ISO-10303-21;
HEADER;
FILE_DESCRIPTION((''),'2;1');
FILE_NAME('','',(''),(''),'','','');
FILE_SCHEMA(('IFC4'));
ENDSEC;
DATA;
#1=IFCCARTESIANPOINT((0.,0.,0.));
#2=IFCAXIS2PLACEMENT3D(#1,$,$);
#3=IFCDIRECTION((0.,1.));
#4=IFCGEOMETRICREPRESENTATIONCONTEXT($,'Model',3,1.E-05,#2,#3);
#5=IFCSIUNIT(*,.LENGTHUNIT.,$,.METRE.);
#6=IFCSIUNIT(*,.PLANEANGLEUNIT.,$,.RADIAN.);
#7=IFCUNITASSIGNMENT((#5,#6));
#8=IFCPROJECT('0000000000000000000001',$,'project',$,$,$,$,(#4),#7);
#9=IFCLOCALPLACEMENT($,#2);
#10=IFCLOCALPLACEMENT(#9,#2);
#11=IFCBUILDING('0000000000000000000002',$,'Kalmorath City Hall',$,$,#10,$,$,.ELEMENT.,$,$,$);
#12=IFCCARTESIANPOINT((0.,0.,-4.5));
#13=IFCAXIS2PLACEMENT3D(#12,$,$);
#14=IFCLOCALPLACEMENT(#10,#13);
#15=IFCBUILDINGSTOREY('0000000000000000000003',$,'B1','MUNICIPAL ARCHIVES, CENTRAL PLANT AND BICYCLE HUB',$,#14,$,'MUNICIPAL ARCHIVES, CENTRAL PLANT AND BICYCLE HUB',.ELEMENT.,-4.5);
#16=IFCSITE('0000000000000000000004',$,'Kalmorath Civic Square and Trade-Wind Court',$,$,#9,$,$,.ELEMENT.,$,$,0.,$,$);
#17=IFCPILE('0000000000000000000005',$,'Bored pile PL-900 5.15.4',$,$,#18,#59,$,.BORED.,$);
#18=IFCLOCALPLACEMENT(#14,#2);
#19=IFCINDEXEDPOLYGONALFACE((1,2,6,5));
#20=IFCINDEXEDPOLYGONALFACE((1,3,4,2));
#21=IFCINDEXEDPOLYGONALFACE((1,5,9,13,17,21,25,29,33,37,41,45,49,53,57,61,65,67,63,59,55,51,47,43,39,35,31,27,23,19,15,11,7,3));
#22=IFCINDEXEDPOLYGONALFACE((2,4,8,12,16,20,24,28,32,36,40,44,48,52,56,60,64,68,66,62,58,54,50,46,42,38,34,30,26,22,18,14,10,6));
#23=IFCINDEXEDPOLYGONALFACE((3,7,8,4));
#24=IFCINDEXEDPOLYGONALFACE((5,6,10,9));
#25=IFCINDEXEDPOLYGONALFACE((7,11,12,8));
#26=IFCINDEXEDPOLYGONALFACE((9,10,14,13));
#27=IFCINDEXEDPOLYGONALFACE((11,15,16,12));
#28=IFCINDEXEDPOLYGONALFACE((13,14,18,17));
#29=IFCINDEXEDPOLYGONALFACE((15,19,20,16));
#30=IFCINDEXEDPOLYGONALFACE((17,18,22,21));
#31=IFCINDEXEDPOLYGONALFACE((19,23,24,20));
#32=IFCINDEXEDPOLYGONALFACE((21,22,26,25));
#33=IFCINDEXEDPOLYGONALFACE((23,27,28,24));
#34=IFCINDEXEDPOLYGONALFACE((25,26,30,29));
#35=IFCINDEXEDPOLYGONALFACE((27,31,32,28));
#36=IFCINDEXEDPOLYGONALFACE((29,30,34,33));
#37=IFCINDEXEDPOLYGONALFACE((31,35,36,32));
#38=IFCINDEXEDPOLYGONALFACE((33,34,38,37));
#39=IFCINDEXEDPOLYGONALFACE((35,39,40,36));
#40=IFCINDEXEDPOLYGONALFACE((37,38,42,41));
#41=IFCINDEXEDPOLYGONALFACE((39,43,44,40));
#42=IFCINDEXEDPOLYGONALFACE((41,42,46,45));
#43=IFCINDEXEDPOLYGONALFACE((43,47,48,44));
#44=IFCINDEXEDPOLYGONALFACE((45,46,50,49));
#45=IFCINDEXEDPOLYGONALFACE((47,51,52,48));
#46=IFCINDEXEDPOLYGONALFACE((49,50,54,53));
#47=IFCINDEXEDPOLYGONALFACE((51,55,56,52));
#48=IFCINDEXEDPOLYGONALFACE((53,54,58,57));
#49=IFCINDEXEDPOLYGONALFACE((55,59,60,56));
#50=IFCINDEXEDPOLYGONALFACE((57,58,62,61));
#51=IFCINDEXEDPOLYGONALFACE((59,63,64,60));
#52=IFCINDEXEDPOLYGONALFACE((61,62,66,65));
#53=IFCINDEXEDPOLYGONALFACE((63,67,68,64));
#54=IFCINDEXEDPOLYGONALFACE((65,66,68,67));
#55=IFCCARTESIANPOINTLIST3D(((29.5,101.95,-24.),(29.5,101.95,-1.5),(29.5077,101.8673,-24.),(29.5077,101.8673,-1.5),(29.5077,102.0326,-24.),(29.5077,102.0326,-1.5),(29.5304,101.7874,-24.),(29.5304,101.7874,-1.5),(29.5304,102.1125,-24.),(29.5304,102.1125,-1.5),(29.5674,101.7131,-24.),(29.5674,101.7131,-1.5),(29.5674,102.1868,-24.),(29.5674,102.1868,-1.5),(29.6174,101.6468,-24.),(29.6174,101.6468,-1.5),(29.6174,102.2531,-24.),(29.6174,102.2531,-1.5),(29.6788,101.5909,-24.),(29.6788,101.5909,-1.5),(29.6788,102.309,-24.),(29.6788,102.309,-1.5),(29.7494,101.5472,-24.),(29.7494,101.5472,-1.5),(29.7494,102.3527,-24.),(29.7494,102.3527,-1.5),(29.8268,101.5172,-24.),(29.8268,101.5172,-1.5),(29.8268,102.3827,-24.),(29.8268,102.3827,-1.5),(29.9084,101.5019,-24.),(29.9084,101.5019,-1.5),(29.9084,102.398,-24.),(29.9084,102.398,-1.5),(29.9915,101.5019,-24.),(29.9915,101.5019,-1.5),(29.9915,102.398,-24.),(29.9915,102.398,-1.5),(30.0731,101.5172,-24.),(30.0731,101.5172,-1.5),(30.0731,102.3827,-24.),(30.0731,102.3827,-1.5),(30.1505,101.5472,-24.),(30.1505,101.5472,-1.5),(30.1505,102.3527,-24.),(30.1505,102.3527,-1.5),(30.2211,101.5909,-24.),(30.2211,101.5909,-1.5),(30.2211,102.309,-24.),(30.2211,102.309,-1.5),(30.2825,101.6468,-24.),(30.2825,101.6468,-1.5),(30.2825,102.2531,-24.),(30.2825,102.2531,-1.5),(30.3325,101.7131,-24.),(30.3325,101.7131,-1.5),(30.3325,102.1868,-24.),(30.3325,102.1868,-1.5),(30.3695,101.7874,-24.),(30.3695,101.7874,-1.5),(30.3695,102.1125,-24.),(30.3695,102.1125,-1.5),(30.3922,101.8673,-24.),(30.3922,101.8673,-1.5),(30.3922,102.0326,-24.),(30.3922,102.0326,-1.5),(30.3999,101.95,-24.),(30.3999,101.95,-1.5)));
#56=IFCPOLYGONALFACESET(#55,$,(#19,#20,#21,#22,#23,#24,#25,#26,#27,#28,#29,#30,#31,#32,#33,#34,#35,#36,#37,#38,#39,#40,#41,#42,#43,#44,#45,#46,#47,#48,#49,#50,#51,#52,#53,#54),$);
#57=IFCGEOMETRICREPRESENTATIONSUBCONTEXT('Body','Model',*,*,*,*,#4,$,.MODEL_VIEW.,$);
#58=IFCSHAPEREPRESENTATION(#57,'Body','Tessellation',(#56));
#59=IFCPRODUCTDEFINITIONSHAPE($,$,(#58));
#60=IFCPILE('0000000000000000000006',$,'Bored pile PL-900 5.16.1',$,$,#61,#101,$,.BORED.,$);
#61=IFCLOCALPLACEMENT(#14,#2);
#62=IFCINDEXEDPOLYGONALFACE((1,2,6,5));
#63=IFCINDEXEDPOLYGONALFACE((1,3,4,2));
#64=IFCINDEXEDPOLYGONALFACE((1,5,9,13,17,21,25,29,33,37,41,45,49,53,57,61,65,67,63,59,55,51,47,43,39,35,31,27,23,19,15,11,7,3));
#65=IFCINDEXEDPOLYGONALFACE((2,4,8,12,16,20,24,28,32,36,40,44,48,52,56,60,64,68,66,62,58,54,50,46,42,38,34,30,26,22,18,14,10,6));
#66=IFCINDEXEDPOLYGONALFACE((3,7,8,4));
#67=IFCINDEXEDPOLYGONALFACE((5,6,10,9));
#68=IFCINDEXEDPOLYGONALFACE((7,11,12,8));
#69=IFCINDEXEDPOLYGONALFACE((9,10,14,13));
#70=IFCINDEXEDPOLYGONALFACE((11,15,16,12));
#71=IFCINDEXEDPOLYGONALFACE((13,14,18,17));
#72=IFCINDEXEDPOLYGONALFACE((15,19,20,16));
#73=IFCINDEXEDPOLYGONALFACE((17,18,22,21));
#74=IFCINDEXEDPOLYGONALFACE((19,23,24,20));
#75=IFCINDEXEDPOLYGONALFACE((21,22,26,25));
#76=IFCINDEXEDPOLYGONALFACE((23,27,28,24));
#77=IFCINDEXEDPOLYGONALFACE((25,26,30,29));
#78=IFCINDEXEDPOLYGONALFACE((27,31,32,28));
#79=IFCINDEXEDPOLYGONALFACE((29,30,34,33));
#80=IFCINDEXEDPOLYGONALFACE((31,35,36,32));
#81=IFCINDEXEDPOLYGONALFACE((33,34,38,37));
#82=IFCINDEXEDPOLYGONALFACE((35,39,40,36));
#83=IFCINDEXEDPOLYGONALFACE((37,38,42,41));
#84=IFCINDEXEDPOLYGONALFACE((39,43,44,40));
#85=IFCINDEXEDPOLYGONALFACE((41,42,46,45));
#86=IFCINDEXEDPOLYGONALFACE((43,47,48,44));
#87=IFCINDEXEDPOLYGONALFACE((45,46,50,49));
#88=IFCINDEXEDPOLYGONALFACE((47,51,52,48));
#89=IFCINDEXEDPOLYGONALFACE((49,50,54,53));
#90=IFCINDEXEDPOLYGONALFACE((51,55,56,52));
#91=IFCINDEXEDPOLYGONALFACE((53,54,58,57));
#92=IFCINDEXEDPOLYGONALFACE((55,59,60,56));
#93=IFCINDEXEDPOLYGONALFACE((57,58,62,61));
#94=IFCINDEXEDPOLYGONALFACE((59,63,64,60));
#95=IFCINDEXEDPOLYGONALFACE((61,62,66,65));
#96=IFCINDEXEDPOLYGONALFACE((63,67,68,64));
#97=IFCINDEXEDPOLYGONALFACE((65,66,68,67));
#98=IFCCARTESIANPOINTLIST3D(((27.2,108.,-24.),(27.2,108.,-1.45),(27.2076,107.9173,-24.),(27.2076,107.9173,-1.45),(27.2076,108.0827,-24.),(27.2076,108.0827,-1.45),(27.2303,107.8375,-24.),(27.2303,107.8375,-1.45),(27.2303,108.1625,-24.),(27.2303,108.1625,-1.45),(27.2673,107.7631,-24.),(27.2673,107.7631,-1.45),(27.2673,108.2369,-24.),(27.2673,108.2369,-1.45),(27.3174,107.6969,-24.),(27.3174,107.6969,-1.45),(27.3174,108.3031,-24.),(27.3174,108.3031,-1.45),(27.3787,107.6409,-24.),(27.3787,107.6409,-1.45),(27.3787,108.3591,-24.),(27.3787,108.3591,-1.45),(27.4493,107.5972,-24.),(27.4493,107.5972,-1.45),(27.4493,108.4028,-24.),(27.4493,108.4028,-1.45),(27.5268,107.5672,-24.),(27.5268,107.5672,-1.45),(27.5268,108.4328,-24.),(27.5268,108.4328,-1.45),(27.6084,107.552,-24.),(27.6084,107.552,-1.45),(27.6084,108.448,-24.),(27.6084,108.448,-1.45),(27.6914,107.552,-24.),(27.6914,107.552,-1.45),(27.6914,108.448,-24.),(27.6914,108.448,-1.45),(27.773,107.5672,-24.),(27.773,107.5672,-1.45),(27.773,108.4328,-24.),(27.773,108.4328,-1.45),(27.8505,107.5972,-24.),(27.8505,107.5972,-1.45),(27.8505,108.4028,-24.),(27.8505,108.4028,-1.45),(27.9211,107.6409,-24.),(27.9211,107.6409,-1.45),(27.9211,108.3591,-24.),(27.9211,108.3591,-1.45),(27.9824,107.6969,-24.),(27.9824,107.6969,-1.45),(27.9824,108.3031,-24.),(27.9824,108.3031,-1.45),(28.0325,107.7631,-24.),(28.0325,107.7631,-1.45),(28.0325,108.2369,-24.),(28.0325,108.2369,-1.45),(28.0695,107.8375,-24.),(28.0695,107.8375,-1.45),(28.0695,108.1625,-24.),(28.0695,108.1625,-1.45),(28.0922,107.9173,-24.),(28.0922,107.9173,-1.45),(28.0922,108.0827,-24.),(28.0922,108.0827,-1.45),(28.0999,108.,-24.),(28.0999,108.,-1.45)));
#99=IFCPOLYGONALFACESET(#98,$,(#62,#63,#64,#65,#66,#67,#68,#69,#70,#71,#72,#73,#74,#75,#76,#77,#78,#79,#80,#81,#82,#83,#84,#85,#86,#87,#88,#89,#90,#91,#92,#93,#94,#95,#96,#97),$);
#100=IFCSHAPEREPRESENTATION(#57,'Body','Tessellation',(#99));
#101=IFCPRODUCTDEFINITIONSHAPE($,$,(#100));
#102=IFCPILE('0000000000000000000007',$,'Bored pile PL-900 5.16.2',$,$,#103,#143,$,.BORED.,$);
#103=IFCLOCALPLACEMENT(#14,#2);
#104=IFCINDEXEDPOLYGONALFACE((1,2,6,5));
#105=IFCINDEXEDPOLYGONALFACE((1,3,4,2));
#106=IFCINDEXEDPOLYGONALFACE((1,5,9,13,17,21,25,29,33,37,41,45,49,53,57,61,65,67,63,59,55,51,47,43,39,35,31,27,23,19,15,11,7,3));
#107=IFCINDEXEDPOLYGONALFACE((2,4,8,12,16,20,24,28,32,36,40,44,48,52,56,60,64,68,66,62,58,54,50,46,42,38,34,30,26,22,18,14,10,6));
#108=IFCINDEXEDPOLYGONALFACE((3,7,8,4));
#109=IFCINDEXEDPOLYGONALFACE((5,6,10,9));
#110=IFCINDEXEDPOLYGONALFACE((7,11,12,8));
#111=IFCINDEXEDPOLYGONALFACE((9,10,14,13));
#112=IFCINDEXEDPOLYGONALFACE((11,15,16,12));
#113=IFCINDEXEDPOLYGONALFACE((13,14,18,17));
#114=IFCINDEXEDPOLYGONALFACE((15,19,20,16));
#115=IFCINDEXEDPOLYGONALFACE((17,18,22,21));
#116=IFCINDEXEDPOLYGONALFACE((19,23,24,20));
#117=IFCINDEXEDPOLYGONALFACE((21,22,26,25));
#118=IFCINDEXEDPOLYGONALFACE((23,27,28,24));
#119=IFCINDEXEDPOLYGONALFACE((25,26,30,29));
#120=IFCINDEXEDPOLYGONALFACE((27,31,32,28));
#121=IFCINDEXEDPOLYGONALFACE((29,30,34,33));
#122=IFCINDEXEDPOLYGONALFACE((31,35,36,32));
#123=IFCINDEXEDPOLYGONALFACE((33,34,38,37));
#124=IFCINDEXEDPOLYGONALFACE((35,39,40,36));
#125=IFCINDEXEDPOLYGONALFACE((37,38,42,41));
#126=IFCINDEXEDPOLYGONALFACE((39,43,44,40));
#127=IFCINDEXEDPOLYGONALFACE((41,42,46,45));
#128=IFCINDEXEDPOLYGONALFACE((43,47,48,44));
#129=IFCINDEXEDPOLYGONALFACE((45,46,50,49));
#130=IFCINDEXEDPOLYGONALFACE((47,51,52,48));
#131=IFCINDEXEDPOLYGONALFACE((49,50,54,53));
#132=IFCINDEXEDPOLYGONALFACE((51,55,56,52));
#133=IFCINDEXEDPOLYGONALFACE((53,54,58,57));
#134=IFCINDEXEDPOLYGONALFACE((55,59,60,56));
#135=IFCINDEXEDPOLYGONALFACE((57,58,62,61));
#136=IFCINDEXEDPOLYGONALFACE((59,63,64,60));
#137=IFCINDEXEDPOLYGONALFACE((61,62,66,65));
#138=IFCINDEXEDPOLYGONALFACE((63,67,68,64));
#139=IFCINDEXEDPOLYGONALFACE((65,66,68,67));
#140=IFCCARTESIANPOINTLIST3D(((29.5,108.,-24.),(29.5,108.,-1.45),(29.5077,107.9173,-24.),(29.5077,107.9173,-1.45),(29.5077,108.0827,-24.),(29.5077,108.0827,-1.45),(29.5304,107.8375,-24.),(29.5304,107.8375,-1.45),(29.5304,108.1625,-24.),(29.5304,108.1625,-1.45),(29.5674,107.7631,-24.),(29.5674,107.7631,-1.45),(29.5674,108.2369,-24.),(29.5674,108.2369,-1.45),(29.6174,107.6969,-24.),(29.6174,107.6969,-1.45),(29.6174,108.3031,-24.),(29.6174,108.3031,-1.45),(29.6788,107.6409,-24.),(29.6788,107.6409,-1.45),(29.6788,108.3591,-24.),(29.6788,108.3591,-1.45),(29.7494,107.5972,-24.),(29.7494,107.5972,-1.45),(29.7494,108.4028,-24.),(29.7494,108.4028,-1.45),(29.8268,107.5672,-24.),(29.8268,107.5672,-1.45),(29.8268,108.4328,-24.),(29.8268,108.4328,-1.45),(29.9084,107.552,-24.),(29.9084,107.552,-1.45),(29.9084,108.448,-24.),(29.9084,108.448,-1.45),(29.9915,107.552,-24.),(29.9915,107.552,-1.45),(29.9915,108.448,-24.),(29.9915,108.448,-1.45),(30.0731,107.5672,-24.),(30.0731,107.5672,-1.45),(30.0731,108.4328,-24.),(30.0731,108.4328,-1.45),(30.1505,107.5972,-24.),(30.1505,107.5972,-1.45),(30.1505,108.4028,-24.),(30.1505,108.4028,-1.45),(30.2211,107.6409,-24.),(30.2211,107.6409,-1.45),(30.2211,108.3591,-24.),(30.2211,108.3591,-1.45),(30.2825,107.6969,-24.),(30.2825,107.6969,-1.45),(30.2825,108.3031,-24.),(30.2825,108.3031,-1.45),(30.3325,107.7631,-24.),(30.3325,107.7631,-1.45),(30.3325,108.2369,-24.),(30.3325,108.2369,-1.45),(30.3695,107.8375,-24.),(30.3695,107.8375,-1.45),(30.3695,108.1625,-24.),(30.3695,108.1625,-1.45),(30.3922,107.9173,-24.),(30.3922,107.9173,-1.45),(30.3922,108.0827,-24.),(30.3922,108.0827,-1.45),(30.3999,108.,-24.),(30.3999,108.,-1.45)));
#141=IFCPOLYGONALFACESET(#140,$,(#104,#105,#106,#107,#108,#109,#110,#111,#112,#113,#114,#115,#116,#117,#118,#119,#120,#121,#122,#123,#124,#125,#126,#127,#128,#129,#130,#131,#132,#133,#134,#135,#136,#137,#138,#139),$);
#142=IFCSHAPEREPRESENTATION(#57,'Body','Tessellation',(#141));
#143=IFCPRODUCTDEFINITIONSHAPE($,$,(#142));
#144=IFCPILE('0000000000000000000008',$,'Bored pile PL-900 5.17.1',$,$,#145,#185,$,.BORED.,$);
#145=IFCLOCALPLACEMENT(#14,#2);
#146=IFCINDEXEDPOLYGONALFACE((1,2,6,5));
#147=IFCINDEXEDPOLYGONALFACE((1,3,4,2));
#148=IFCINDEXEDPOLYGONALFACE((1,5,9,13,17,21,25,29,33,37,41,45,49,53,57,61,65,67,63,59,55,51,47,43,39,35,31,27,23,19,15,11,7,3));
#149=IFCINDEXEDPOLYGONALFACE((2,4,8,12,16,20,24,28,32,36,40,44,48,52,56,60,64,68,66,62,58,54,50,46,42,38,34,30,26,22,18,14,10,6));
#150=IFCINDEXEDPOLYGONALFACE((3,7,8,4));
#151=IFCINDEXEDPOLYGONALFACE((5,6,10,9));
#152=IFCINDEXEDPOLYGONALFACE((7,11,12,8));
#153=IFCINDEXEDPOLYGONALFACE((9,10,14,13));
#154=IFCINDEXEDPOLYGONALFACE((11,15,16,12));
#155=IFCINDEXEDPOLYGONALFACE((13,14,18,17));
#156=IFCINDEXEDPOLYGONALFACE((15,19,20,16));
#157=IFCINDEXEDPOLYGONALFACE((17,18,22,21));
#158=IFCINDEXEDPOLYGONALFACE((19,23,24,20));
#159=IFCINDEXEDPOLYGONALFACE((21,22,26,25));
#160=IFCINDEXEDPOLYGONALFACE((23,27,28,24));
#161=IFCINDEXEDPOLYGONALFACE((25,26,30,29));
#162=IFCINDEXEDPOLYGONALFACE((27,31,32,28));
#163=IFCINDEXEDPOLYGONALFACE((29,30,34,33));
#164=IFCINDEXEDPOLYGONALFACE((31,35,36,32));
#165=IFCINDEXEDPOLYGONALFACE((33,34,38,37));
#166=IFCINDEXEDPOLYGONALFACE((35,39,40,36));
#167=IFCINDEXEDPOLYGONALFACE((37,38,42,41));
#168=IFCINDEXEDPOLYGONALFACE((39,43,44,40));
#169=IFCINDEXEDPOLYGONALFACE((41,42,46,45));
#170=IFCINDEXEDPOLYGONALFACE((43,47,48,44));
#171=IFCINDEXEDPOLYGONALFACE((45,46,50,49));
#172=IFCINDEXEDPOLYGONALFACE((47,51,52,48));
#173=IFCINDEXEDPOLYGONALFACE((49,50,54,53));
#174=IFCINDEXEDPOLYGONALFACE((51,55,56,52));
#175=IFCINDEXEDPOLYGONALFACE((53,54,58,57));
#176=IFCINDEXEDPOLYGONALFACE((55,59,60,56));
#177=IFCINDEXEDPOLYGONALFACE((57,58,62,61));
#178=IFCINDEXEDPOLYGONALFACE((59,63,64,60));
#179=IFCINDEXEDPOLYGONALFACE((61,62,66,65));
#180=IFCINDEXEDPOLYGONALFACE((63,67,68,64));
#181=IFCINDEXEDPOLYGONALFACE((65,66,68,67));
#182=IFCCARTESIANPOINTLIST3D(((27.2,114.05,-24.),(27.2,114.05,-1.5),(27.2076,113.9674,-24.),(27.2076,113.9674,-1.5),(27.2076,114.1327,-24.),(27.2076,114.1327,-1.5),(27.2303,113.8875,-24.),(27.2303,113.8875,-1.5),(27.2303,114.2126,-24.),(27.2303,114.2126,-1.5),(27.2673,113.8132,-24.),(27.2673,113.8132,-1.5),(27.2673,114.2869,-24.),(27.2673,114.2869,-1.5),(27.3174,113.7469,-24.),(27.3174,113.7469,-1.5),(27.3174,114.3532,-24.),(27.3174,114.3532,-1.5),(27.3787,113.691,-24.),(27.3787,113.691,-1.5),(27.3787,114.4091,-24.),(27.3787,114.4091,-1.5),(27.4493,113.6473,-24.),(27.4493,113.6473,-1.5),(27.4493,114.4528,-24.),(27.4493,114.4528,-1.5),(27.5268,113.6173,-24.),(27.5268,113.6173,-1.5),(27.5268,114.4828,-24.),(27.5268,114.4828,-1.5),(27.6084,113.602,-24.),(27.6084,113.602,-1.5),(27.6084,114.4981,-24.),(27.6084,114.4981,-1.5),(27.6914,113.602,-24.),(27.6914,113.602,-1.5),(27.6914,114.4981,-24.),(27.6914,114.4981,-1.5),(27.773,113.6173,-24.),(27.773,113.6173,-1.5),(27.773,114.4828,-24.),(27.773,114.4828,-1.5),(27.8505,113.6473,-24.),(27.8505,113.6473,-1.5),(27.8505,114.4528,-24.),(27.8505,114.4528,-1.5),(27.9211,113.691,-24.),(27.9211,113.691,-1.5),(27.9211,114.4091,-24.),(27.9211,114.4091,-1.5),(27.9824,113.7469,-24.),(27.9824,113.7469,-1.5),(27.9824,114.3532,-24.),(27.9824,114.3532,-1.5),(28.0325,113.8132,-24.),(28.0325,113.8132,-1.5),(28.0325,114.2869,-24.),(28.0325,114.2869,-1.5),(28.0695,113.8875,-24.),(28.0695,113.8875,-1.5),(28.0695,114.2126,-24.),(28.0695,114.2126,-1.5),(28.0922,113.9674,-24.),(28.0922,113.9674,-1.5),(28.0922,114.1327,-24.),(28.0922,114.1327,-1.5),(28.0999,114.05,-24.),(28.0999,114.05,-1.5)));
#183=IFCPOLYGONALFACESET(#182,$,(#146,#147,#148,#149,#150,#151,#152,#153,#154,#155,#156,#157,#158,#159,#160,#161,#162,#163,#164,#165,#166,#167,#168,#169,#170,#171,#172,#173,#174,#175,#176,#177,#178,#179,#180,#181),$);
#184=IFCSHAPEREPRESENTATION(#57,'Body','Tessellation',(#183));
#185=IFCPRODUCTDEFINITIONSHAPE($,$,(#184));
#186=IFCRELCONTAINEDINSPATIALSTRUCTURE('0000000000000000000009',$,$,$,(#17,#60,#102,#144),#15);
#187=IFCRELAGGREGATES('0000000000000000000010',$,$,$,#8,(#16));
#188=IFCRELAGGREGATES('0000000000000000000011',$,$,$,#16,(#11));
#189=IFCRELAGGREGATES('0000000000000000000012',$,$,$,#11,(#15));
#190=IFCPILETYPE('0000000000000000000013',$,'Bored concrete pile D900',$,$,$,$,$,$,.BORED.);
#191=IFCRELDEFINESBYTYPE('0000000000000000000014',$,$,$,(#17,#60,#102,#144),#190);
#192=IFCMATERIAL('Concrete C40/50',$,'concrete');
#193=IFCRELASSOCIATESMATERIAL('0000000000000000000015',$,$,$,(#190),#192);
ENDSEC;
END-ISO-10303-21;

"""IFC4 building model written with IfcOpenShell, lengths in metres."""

from ifc_helpers import new_model, si_unit, direction, frame, origin, origin_2d, place, context, subcontext, project, spatial, circle, extrude, material, material_profile, profile_set, type_object, element, save


model = new_model("IFC4")

# Units and contexts
model_context = context("Model", 3, precision=1e-05, world=origin(), true_north=direction((0.0, 1.0)))
body_context = subcontext(model_context, "Body", "Model", "MODEL_VIEW")
ifc_project = project(units=[si_unit("LENGTHUNIT", "METRE"), si_unit("PLANEANGLEUNIT", "RADIAN")], contexts=[model_context])

# Site, building, storey
site_placement = place(None, origin())
site = spatial("IfcSite", under=ifc_project, at=site_placement, Name="Kalmorath Civic Square and Trade-Wind Court", CompositionType="ELEMENT", RefElevation=0.0)
building_placement = place(site_placement, origin())
building = spatial("IfcBuilding", under=site, at=building_placement, Name="Kalmorath City Hall", CompositionType="ELEMENT")
storey_placement = place(building_placement, frame((0.0, 0.0, -4.5)))
storey = spatial("IfcBuildingStorey", under=building, at=storey_placement, Name="B1", Description="MUNICIPAL ARCHIVES, CENTRAL PLANT AND BICYCLE HUB", LongName="MUNICIPAL ARCHIVES, CENTRAL PLANT AND BICYCLE HUB", CompositionType="ELEMENT", Elevation=-4.5)

# Piles
ifc_material_1 = material(Name="Concrete C40/50", Category="concrete")
ifc_material_profile_1 = material_profile(ifc_material_1, circle(Radius=0.45, at=origin_2d()), Name="PILE-D900")
ifc_profile_set_1 = profile_set([ifc_material_profile_1], Name="Concrete C40/50")
pile_type = type_object("IfcPileType", Name="Bored concrete pile D900", PredefinedType="BORED", material=ifc_profile_set_1)
for number, where, z_axis, x_axis, name in (
    (1, (29.95, 101.95, -1.5), (0.0, 0.0, -1.0), (1.0, 0.0, 0.0), "Bored pile PL-900 5.15.4"),
):
    element("IfcPile", number, at=place(storey_placement, frame(where, z_axis=z_axis, x_axis=x_axis)), inside=storey, type_object=pile_type, Name=name, PredefinedType="BORED", context=body_context, shape_type="SweptSolid", body=[
        extrude(circle(Radius=0.45, at=origin_2d()), origin(), (0.0, 0.0, 1.0), 22.5),
    ])
for number, where, z_axis, x_axis, name in (
    (2, (27.6499, 108.0, -1.45), (0.0, 0.0, -1.0), (1.0, 0.0, 0.0), "Bored pile PL-900 5.16.1"),
    (3, (29.95, 108.0, -1.45), (0.0, 0.0, -1.0), (1.0, 0.0, 0.0), "Bored pile PL-900 5.16.2"),
):
    element("IfcPile", number, at=place(storey_placement, frame(where, z_axis=z_axis, x_axis=x_axis)), inside=storey, type_object=pile_type, Name=name, PredefinedType="BORED", context=body_context, shape_type="SweptSolid", body=[
        extrude(circle(Radius=0.45, at=origin_2d()), origin(), (0.0, 0.0, 1.0), 22.55),
    ])
for number, where, z_axis, x_axis, name in (
    (4, (27.6499, 114.05, -1.5), (0.0, 0.0, -1.0), (1.0, 0.0, 0.0), "Bored pile PL-900 5.17.1"),
):
    element("IfcPile", number, at=place(storey_placement, frame(where, z_axis=z_axis, x_axis=x_axis)), inside=storey, type_object=pile_type, Name=name, PredefinedType="BORED", context=body_context, shape_type="SweptSolid", body=[
        extrude(circle(Radius=0.45, at=origin_2d()), origin(), (0.0, 0.0, 1.0), 22.5),
    ])

save(model, "model.ifc")
